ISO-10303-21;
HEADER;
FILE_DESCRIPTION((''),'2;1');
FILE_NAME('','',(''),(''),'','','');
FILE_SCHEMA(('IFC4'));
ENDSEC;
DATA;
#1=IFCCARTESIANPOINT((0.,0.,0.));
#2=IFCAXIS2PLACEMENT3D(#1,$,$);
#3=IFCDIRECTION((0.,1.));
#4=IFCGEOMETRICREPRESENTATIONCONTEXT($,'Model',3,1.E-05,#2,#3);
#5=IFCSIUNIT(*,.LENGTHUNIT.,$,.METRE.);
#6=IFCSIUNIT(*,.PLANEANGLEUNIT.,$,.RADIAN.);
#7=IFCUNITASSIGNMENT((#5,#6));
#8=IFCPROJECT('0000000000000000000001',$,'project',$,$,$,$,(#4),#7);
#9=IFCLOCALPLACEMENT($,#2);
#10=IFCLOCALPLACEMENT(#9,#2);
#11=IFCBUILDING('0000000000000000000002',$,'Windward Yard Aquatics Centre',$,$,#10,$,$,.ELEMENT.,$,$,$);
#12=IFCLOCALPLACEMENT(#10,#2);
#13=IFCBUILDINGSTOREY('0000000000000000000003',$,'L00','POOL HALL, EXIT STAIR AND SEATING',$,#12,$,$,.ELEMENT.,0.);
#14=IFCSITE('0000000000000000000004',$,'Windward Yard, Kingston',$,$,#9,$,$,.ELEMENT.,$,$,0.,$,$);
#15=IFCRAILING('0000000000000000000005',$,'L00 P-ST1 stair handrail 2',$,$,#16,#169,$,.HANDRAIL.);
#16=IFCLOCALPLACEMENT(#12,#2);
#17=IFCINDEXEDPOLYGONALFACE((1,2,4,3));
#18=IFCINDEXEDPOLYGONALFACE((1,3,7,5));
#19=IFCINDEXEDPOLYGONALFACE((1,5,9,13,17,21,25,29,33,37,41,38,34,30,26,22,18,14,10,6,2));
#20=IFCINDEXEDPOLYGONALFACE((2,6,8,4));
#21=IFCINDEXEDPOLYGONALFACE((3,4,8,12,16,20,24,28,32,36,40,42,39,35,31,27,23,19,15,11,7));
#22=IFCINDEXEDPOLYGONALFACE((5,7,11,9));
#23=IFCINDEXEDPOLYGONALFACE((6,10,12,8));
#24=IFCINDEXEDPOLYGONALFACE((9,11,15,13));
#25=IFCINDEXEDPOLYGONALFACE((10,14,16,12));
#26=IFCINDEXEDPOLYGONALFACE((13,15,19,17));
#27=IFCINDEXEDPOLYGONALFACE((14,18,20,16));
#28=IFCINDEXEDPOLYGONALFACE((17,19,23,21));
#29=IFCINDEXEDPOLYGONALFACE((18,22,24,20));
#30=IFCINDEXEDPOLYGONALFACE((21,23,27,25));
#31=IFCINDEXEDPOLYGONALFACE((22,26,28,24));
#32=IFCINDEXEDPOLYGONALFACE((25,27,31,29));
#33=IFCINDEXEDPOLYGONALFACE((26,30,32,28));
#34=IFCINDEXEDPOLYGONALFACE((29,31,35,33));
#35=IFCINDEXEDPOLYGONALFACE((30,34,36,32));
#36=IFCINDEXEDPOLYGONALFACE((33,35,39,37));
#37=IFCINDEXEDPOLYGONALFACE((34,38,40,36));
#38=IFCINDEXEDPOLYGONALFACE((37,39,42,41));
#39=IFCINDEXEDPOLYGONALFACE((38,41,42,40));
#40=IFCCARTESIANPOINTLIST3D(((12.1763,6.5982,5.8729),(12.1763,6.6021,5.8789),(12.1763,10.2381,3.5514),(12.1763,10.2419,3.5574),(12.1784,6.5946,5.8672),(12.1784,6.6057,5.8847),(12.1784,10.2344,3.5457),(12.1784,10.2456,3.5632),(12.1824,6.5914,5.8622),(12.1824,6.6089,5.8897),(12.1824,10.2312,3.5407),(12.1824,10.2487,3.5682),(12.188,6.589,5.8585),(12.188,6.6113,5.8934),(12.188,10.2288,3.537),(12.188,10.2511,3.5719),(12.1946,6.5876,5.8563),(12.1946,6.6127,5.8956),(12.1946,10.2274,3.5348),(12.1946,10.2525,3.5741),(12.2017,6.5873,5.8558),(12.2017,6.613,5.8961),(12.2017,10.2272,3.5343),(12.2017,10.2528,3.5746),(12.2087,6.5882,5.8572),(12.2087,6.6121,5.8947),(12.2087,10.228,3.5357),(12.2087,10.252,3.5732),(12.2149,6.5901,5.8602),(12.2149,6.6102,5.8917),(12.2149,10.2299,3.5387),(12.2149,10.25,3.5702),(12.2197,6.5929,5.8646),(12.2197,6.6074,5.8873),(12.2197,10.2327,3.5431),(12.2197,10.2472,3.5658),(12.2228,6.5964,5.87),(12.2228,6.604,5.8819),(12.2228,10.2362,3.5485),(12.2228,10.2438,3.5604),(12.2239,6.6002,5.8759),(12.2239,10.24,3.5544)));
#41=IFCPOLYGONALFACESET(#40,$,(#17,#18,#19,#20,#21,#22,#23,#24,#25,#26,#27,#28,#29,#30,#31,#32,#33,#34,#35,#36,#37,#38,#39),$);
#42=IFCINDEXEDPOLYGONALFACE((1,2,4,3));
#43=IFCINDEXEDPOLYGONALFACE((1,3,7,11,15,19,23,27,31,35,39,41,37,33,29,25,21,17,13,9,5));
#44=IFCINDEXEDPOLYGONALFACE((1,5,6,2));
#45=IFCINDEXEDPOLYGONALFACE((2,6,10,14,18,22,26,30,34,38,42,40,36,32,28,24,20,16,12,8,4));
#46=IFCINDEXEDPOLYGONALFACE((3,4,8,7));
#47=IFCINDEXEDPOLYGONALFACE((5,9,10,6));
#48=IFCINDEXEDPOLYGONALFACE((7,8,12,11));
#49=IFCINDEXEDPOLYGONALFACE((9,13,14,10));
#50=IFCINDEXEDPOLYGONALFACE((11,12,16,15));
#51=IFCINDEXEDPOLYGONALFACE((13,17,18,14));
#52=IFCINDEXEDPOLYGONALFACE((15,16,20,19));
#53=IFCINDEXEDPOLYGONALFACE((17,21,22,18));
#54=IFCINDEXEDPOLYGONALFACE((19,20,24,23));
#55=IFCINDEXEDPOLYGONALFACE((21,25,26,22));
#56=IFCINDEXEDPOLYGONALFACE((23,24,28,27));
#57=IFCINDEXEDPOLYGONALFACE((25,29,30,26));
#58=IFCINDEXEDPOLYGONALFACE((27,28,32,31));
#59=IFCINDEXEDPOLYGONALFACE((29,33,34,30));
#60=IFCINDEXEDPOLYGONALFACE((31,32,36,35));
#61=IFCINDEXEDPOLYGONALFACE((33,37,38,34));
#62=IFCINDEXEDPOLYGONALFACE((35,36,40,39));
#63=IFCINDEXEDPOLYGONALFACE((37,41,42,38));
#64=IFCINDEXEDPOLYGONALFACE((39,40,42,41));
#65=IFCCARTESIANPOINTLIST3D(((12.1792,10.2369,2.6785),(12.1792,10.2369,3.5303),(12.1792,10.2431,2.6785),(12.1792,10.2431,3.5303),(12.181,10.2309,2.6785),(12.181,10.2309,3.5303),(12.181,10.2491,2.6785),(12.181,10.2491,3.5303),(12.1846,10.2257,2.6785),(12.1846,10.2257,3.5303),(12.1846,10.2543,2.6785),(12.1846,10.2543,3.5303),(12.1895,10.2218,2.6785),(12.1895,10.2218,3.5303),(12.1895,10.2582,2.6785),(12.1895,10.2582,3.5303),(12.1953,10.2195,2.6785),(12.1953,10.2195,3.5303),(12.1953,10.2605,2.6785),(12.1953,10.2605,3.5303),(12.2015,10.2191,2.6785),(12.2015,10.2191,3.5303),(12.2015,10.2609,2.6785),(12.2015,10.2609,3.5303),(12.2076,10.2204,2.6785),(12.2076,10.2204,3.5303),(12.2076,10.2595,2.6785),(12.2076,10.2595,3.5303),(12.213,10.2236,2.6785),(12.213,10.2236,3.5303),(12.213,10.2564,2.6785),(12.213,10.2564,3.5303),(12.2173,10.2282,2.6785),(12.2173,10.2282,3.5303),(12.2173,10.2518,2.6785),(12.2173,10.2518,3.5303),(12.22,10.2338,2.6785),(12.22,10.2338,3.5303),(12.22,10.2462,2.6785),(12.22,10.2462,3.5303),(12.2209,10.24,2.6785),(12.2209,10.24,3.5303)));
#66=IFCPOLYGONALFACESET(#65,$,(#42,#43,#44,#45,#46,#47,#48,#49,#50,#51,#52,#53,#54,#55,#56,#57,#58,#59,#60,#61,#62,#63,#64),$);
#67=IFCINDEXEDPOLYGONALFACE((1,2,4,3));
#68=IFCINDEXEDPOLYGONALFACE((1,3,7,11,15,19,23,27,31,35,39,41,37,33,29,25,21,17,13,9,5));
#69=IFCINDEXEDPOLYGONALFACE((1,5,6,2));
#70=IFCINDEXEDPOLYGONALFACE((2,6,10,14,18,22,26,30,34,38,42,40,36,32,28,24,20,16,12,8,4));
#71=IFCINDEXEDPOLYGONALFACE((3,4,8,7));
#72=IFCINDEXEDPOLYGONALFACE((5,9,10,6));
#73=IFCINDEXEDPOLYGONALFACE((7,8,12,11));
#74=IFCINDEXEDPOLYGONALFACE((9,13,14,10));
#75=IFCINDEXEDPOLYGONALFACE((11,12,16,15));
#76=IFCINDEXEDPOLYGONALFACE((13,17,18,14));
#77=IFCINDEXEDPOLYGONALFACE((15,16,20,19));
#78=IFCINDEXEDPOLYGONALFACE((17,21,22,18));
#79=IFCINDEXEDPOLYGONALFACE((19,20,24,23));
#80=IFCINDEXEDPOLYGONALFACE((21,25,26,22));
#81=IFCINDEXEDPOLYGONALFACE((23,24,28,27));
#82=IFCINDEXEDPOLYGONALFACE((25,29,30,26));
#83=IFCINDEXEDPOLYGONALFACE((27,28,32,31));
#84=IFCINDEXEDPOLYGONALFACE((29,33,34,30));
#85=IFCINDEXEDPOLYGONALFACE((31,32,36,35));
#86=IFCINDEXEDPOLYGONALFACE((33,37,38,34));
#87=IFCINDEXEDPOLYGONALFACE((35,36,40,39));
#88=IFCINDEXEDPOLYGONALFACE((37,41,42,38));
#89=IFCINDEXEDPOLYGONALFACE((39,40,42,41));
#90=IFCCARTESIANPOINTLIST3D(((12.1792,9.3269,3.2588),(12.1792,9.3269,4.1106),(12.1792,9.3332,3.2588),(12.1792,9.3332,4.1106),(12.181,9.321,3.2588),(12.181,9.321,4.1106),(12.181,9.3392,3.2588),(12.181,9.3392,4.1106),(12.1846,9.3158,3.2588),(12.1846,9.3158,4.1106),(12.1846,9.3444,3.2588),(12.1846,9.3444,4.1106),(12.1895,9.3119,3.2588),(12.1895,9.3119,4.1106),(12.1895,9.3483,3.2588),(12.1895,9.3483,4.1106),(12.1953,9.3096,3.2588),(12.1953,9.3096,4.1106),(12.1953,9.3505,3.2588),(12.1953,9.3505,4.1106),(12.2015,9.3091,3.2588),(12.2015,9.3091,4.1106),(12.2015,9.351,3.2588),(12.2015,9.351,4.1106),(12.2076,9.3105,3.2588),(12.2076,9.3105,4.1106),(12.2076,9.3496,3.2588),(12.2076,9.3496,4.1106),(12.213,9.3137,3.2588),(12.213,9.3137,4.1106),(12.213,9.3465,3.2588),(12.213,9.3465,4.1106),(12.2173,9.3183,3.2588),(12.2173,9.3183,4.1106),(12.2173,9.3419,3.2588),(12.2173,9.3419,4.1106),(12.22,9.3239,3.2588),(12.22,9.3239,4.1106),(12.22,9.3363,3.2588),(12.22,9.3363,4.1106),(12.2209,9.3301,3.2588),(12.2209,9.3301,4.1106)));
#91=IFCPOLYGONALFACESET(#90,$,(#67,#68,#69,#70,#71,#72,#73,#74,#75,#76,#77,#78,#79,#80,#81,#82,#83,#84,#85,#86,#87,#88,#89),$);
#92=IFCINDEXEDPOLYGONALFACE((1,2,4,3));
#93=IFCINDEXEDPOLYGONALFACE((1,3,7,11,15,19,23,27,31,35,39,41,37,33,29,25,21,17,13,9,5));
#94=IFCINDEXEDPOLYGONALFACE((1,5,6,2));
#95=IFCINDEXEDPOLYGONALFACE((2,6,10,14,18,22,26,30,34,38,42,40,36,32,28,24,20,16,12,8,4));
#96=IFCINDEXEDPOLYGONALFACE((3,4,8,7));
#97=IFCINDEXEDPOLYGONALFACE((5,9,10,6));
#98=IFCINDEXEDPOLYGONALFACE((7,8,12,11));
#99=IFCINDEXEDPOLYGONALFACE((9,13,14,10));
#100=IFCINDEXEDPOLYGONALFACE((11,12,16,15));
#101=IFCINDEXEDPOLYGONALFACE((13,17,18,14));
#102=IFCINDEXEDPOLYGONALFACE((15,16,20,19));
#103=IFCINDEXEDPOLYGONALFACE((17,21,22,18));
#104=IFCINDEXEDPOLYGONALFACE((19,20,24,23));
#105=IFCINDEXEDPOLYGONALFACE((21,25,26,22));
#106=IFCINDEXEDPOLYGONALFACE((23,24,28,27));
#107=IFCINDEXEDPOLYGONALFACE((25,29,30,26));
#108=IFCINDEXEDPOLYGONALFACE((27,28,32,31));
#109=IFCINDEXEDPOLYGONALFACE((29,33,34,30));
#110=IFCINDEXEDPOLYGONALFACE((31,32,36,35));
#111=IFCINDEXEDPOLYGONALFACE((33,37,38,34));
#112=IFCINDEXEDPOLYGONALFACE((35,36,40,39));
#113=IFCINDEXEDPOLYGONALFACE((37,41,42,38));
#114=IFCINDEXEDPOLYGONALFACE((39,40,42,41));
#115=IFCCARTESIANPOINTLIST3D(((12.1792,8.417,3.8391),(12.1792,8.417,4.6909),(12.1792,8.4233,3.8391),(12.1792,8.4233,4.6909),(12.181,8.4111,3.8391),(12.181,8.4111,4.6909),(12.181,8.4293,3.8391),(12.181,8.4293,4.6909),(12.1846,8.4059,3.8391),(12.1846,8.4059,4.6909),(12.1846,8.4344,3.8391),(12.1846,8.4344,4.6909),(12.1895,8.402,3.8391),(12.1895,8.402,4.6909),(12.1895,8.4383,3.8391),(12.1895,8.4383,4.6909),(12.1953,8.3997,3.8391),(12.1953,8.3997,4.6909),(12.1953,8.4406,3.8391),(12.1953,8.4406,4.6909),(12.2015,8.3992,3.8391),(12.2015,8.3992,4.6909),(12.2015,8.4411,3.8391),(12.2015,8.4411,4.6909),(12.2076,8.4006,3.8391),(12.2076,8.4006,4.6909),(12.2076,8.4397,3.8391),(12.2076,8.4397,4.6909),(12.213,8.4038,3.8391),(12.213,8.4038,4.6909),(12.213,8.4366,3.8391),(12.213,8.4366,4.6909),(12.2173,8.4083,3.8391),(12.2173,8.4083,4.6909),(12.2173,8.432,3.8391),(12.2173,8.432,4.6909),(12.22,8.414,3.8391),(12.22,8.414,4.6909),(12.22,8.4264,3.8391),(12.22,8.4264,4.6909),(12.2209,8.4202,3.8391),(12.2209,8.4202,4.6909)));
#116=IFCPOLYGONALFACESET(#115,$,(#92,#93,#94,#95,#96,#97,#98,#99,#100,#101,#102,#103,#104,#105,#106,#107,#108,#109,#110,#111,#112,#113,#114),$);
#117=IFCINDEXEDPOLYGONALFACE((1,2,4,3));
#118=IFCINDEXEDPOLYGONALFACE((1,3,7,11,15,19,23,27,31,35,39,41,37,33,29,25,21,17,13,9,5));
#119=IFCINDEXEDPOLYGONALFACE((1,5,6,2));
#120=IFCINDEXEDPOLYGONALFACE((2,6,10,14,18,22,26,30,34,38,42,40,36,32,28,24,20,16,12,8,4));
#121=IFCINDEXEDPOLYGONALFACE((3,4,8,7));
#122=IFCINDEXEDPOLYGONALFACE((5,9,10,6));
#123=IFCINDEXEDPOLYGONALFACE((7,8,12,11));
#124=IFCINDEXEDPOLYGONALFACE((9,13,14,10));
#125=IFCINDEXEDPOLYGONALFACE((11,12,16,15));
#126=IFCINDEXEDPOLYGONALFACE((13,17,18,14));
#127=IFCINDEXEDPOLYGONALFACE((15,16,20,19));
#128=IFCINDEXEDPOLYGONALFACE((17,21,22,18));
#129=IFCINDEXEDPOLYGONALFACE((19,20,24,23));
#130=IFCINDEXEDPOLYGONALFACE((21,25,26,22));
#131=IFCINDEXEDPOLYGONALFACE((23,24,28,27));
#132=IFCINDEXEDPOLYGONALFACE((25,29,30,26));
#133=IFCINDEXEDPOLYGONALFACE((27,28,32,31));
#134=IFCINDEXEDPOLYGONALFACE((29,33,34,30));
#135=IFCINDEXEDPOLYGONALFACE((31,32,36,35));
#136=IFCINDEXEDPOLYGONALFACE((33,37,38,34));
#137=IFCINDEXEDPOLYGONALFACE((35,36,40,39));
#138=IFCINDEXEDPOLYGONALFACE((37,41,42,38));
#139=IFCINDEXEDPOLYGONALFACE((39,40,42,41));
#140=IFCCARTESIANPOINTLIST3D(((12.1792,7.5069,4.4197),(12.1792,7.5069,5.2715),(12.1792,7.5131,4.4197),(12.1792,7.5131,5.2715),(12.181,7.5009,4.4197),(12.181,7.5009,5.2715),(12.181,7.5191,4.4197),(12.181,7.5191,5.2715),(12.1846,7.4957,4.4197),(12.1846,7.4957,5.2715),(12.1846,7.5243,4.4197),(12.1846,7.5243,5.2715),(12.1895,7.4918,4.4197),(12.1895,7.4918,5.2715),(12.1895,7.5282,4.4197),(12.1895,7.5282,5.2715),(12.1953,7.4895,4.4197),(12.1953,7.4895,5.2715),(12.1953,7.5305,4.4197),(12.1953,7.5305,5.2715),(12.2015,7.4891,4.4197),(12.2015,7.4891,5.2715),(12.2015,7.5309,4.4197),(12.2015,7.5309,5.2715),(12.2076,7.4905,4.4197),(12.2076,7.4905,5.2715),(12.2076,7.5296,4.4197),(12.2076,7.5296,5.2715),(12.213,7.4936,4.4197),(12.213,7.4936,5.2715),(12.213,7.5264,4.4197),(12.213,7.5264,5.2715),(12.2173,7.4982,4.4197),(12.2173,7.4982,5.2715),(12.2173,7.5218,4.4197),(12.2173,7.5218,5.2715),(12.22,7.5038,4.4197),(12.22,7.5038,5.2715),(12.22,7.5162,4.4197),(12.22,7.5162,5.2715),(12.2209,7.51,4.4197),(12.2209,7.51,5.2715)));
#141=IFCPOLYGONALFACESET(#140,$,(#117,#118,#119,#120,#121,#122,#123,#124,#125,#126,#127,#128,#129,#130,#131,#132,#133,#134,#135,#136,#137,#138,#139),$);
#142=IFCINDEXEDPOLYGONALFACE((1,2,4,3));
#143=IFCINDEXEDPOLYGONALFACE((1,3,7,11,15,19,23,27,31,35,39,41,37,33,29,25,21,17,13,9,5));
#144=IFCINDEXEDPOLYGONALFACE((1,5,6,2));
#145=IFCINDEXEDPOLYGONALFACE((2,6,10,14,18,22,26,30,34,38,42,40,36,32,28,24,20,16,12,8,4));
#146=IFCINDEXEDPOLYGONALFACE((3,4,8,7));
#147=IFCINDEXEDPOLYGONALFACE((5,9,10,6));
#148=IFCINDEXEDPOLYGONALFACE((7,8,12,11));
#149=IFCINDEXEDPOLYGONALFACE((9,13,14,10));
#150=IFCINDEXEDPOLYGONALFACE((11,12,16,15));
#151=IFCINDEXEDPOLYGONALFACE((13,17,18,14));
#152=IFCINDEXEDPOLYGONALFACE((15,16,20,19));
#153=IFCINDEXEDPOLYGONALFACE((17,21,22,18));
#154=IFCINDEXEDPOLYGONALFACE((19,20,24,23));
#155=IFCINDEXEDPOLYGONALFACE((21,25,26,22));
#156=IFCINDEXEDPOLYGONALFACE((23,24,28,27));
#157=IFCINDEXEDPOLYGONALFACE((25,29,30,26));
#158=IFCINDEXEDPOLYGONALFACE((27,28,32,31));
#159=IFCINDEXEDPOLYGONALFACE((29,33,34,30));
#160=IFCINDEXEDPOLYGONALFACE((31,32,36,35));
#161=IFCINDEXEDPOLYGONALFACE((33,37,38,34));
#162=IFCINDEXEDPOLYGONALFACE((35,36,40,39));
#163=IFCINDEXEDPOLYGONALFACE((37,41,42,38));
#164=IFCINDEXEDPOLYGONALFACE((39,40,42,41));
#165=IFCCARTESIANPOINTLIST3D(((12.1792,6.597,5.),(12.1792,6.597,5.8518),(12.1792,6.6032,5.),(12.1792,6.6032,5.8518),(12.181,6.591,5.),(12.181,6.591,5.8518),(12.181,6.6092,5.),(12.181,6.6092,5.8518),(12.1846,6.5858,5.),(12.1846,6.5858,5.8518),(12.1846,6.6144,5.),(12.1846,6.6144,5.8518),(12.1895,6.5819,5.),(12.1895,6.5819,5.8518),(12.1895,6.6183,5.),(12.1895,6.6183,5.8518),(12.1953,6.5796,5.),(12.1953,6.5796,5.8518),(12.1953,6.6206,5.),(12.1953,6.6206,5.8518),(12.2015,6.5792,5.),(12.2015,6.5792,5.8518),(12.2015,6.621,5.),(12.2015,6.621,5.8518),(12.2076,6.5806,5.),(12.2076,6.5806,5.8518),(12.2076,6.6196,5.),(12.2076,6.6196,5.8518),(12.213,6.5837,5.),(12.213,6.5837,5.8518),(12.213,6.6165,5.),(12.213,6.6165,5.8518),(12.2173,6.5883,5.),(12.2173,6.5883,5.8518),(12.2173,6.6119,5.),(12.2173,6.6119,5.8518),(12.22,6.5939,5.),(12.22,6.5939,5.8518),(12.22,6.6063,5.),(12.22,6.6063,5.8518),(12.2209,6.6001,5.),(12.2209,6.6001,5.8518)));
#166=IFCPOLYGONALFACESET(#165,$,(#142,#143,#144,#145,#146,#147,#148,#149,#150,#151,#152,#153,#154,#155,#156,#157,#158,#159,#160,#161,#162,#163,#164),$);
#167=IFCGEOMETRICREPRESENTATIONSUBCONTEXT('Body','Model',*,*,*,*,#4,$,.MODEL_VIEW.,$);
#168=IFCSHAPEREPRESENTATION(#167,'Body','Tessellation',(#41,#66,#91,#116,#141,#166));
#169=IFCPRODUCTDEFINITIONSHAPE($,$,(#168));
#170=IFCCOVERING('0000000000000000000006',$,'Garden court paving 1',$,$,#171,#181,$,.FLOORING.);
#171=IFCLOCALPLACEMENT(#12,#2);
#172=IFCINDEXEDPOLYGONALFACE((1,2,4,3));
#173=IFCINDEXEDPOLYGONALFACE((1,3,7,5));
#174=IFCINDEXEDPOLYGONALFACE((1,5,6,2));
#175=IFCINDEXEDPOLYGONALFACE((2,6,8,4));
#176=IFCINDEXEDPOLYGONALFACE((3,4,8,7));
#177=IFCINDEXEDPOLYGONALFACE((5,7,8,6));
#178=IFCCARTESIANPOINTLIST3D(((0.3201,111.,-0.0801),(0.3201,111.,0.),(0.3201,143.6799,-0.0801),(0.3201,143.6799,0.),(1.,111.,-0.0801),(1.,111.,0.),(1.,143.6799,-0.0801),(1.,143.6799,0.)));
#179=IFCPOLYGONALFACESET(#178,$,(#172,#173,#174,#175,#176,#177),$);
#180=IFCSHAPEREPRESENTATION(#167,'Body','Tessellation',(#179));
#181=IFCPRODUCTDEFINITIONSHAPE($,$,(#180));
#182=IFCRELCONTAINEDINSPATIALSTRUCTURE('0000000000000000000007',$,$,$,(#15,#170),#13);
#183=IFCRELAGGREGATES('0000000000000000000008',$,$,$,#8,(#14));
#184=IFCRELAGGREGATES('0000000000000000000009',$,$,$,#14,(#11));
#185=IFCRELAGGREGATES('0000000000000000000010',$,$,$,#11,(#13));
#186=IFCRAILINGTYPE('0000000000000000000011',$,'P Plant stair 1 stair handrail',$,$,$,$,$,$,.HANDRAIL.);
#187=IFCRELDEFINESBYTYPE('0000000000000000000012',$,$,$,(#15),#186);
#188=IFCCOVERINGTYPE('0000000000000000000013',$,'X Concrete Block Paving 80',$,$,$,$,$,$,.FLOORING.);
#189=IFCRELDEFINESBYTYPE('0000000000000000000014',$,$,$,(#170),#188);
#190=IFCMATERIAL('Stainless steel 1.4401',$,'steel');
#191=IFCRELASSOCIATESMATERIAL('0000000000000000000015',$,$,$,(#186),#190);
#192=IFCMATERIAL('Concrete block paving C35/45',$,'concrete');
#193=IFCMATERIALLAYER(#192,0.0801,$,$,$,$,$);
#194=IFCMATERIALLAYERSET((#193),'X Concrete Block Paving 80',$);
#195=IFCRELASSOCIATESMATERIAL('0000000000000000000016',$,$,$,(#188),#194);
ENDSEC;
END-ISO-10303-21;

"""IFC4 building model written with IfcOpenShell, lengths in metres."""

from ifc_helpers import new_model, si_unit, direction, frame, origin, origin_2d, place, context, subcontext, project, spatial, polyline, circle, outline, extrude, material, layer, layer_set, type_object, element, save


model = new_model("IFC4")

# Units and contexts
model_context = context("Model", 3, precision=1e-05, world=origin(), true_north=direction((0.0, 1.0)))
body_context = subcontext(model_context, "Body", "Model", "MODEL_VIEW")
ifc_project = project(units=[si_unit("LENGTHUNIT", "METRE"), si_unit("PLANEANGLEUNIT", "RADIAN")], contexts=[model_context])

# Site, building, storey
site_placement = place(None, origin())
site = spatial("IfcSite", under=ifc_project, at=site_placement, Name="Windward Yard, Kingston", CompositionType="ELEMENT", RefElevation=0.0)
building_placement = place(site_placement, origin())
building = spatial("IfcBuilding", under=site, at=building_placement, Name="Windward Yard Aquatics Centre", CompositionType="ELEMENT")
storey_placement = place(building_placement, origin())
storey = spatial("IfcBuildingStorey", under=building, at=storey_placement, Name="L00", Description="POOL HALL, EXIT STAIR AND SEATING", CompositionType="ELEMENT", Elevation=0.0)

# Railing
ifc_material_1 = material(Name="Stainless steel 1.4401", Category="steel")
railing_type_1 = type_object("IfcRailingType", Name="P Plant stair 1 stair handrail", PredefinedType="HANDRAIL", material=ifc_material_1)
railing_1_placement = place(storey_placement, frame((12.2, 10.24, 2.6785)))
element("IfcRailing", 1, at=railing_1_placement, inside=storey, type_object=railing_type_1, Name="L00 P-ST1 stair handrail 2", PredefinedType="HANDRAIL", context=body_context, shape_type="SweptSolid", body=[
    extrude(circle(Radius=0.0239, at=origin_2d()), frame((0.0, 0.0, 0.876), z_axis=(0.0, -0.843112, 0.537739), x_axis=(1.0, 0.0, 0.0)), (0.0, 0.0, 1.0), 4.3171),
    extrude(circle(Radius=0.021, at=origin_2d()), origin(), (0.0, 0.0, 1.0), 0.8518),
    extrude(circle(Radius=0.021, at=origin_2d()), frame((0.0, -0.9099, 0.5803)), (0.0, 0.0, 1.0), 0.8518),
    extrude(circle(Radius=0.021, at=origin_2d()), frame((0.0, -1.8198, 1.1606)), (0.0, 0.0, 1.0), 0.8518),
    extrude(circle(Radius=0.021, at=origin_2d()), frame((0.0, -2.73, 1.7412)), (0.0, 0.0, 1.0), 0.8518),
    extrude(circle(Radius=0.021, at=origin_2d()), frame((0.0, -3.6399, 2.3215)), (0.0, 0.0, 1.0), 0.8518),
])

# Covering
ifc_material_2 = material(Name="Concrete block paving C35/45", Category="concrete")
ifc_layer_1 = layer(ifc_material_2, 0.0801)
ifc_layer_set_1 = layer_set([ifc_layer_1], Name="X Concrete Block Paving 80")
covering_type_1 = type_object("IfcCoveringType", Name="X Concrete Block Paving 80", PredefinedType="FLOORING", material=ifc_layer_set_1)
covering_1_placement = place(storey_placement, frame((0.0, 0.0, -0.0801)))
element("IfcCovering", 2, at=covering_1_placement, inside=storey, type_object=covering_type_1, Name="Garden court paving 1", PredefinedType="FLOORING", context=body_context, shape_type="SweptSolid", body=[
    extrude(outline(polyline([(0.3201, 111.0), (1.0, 111.0), (1.0, 143.6799), (0.3201, 143.6799), (0.3201, 111.0)])), origin(), (0.0, 0.0, 1.0), 0.0801),
])

save(model, "model.ifc")
